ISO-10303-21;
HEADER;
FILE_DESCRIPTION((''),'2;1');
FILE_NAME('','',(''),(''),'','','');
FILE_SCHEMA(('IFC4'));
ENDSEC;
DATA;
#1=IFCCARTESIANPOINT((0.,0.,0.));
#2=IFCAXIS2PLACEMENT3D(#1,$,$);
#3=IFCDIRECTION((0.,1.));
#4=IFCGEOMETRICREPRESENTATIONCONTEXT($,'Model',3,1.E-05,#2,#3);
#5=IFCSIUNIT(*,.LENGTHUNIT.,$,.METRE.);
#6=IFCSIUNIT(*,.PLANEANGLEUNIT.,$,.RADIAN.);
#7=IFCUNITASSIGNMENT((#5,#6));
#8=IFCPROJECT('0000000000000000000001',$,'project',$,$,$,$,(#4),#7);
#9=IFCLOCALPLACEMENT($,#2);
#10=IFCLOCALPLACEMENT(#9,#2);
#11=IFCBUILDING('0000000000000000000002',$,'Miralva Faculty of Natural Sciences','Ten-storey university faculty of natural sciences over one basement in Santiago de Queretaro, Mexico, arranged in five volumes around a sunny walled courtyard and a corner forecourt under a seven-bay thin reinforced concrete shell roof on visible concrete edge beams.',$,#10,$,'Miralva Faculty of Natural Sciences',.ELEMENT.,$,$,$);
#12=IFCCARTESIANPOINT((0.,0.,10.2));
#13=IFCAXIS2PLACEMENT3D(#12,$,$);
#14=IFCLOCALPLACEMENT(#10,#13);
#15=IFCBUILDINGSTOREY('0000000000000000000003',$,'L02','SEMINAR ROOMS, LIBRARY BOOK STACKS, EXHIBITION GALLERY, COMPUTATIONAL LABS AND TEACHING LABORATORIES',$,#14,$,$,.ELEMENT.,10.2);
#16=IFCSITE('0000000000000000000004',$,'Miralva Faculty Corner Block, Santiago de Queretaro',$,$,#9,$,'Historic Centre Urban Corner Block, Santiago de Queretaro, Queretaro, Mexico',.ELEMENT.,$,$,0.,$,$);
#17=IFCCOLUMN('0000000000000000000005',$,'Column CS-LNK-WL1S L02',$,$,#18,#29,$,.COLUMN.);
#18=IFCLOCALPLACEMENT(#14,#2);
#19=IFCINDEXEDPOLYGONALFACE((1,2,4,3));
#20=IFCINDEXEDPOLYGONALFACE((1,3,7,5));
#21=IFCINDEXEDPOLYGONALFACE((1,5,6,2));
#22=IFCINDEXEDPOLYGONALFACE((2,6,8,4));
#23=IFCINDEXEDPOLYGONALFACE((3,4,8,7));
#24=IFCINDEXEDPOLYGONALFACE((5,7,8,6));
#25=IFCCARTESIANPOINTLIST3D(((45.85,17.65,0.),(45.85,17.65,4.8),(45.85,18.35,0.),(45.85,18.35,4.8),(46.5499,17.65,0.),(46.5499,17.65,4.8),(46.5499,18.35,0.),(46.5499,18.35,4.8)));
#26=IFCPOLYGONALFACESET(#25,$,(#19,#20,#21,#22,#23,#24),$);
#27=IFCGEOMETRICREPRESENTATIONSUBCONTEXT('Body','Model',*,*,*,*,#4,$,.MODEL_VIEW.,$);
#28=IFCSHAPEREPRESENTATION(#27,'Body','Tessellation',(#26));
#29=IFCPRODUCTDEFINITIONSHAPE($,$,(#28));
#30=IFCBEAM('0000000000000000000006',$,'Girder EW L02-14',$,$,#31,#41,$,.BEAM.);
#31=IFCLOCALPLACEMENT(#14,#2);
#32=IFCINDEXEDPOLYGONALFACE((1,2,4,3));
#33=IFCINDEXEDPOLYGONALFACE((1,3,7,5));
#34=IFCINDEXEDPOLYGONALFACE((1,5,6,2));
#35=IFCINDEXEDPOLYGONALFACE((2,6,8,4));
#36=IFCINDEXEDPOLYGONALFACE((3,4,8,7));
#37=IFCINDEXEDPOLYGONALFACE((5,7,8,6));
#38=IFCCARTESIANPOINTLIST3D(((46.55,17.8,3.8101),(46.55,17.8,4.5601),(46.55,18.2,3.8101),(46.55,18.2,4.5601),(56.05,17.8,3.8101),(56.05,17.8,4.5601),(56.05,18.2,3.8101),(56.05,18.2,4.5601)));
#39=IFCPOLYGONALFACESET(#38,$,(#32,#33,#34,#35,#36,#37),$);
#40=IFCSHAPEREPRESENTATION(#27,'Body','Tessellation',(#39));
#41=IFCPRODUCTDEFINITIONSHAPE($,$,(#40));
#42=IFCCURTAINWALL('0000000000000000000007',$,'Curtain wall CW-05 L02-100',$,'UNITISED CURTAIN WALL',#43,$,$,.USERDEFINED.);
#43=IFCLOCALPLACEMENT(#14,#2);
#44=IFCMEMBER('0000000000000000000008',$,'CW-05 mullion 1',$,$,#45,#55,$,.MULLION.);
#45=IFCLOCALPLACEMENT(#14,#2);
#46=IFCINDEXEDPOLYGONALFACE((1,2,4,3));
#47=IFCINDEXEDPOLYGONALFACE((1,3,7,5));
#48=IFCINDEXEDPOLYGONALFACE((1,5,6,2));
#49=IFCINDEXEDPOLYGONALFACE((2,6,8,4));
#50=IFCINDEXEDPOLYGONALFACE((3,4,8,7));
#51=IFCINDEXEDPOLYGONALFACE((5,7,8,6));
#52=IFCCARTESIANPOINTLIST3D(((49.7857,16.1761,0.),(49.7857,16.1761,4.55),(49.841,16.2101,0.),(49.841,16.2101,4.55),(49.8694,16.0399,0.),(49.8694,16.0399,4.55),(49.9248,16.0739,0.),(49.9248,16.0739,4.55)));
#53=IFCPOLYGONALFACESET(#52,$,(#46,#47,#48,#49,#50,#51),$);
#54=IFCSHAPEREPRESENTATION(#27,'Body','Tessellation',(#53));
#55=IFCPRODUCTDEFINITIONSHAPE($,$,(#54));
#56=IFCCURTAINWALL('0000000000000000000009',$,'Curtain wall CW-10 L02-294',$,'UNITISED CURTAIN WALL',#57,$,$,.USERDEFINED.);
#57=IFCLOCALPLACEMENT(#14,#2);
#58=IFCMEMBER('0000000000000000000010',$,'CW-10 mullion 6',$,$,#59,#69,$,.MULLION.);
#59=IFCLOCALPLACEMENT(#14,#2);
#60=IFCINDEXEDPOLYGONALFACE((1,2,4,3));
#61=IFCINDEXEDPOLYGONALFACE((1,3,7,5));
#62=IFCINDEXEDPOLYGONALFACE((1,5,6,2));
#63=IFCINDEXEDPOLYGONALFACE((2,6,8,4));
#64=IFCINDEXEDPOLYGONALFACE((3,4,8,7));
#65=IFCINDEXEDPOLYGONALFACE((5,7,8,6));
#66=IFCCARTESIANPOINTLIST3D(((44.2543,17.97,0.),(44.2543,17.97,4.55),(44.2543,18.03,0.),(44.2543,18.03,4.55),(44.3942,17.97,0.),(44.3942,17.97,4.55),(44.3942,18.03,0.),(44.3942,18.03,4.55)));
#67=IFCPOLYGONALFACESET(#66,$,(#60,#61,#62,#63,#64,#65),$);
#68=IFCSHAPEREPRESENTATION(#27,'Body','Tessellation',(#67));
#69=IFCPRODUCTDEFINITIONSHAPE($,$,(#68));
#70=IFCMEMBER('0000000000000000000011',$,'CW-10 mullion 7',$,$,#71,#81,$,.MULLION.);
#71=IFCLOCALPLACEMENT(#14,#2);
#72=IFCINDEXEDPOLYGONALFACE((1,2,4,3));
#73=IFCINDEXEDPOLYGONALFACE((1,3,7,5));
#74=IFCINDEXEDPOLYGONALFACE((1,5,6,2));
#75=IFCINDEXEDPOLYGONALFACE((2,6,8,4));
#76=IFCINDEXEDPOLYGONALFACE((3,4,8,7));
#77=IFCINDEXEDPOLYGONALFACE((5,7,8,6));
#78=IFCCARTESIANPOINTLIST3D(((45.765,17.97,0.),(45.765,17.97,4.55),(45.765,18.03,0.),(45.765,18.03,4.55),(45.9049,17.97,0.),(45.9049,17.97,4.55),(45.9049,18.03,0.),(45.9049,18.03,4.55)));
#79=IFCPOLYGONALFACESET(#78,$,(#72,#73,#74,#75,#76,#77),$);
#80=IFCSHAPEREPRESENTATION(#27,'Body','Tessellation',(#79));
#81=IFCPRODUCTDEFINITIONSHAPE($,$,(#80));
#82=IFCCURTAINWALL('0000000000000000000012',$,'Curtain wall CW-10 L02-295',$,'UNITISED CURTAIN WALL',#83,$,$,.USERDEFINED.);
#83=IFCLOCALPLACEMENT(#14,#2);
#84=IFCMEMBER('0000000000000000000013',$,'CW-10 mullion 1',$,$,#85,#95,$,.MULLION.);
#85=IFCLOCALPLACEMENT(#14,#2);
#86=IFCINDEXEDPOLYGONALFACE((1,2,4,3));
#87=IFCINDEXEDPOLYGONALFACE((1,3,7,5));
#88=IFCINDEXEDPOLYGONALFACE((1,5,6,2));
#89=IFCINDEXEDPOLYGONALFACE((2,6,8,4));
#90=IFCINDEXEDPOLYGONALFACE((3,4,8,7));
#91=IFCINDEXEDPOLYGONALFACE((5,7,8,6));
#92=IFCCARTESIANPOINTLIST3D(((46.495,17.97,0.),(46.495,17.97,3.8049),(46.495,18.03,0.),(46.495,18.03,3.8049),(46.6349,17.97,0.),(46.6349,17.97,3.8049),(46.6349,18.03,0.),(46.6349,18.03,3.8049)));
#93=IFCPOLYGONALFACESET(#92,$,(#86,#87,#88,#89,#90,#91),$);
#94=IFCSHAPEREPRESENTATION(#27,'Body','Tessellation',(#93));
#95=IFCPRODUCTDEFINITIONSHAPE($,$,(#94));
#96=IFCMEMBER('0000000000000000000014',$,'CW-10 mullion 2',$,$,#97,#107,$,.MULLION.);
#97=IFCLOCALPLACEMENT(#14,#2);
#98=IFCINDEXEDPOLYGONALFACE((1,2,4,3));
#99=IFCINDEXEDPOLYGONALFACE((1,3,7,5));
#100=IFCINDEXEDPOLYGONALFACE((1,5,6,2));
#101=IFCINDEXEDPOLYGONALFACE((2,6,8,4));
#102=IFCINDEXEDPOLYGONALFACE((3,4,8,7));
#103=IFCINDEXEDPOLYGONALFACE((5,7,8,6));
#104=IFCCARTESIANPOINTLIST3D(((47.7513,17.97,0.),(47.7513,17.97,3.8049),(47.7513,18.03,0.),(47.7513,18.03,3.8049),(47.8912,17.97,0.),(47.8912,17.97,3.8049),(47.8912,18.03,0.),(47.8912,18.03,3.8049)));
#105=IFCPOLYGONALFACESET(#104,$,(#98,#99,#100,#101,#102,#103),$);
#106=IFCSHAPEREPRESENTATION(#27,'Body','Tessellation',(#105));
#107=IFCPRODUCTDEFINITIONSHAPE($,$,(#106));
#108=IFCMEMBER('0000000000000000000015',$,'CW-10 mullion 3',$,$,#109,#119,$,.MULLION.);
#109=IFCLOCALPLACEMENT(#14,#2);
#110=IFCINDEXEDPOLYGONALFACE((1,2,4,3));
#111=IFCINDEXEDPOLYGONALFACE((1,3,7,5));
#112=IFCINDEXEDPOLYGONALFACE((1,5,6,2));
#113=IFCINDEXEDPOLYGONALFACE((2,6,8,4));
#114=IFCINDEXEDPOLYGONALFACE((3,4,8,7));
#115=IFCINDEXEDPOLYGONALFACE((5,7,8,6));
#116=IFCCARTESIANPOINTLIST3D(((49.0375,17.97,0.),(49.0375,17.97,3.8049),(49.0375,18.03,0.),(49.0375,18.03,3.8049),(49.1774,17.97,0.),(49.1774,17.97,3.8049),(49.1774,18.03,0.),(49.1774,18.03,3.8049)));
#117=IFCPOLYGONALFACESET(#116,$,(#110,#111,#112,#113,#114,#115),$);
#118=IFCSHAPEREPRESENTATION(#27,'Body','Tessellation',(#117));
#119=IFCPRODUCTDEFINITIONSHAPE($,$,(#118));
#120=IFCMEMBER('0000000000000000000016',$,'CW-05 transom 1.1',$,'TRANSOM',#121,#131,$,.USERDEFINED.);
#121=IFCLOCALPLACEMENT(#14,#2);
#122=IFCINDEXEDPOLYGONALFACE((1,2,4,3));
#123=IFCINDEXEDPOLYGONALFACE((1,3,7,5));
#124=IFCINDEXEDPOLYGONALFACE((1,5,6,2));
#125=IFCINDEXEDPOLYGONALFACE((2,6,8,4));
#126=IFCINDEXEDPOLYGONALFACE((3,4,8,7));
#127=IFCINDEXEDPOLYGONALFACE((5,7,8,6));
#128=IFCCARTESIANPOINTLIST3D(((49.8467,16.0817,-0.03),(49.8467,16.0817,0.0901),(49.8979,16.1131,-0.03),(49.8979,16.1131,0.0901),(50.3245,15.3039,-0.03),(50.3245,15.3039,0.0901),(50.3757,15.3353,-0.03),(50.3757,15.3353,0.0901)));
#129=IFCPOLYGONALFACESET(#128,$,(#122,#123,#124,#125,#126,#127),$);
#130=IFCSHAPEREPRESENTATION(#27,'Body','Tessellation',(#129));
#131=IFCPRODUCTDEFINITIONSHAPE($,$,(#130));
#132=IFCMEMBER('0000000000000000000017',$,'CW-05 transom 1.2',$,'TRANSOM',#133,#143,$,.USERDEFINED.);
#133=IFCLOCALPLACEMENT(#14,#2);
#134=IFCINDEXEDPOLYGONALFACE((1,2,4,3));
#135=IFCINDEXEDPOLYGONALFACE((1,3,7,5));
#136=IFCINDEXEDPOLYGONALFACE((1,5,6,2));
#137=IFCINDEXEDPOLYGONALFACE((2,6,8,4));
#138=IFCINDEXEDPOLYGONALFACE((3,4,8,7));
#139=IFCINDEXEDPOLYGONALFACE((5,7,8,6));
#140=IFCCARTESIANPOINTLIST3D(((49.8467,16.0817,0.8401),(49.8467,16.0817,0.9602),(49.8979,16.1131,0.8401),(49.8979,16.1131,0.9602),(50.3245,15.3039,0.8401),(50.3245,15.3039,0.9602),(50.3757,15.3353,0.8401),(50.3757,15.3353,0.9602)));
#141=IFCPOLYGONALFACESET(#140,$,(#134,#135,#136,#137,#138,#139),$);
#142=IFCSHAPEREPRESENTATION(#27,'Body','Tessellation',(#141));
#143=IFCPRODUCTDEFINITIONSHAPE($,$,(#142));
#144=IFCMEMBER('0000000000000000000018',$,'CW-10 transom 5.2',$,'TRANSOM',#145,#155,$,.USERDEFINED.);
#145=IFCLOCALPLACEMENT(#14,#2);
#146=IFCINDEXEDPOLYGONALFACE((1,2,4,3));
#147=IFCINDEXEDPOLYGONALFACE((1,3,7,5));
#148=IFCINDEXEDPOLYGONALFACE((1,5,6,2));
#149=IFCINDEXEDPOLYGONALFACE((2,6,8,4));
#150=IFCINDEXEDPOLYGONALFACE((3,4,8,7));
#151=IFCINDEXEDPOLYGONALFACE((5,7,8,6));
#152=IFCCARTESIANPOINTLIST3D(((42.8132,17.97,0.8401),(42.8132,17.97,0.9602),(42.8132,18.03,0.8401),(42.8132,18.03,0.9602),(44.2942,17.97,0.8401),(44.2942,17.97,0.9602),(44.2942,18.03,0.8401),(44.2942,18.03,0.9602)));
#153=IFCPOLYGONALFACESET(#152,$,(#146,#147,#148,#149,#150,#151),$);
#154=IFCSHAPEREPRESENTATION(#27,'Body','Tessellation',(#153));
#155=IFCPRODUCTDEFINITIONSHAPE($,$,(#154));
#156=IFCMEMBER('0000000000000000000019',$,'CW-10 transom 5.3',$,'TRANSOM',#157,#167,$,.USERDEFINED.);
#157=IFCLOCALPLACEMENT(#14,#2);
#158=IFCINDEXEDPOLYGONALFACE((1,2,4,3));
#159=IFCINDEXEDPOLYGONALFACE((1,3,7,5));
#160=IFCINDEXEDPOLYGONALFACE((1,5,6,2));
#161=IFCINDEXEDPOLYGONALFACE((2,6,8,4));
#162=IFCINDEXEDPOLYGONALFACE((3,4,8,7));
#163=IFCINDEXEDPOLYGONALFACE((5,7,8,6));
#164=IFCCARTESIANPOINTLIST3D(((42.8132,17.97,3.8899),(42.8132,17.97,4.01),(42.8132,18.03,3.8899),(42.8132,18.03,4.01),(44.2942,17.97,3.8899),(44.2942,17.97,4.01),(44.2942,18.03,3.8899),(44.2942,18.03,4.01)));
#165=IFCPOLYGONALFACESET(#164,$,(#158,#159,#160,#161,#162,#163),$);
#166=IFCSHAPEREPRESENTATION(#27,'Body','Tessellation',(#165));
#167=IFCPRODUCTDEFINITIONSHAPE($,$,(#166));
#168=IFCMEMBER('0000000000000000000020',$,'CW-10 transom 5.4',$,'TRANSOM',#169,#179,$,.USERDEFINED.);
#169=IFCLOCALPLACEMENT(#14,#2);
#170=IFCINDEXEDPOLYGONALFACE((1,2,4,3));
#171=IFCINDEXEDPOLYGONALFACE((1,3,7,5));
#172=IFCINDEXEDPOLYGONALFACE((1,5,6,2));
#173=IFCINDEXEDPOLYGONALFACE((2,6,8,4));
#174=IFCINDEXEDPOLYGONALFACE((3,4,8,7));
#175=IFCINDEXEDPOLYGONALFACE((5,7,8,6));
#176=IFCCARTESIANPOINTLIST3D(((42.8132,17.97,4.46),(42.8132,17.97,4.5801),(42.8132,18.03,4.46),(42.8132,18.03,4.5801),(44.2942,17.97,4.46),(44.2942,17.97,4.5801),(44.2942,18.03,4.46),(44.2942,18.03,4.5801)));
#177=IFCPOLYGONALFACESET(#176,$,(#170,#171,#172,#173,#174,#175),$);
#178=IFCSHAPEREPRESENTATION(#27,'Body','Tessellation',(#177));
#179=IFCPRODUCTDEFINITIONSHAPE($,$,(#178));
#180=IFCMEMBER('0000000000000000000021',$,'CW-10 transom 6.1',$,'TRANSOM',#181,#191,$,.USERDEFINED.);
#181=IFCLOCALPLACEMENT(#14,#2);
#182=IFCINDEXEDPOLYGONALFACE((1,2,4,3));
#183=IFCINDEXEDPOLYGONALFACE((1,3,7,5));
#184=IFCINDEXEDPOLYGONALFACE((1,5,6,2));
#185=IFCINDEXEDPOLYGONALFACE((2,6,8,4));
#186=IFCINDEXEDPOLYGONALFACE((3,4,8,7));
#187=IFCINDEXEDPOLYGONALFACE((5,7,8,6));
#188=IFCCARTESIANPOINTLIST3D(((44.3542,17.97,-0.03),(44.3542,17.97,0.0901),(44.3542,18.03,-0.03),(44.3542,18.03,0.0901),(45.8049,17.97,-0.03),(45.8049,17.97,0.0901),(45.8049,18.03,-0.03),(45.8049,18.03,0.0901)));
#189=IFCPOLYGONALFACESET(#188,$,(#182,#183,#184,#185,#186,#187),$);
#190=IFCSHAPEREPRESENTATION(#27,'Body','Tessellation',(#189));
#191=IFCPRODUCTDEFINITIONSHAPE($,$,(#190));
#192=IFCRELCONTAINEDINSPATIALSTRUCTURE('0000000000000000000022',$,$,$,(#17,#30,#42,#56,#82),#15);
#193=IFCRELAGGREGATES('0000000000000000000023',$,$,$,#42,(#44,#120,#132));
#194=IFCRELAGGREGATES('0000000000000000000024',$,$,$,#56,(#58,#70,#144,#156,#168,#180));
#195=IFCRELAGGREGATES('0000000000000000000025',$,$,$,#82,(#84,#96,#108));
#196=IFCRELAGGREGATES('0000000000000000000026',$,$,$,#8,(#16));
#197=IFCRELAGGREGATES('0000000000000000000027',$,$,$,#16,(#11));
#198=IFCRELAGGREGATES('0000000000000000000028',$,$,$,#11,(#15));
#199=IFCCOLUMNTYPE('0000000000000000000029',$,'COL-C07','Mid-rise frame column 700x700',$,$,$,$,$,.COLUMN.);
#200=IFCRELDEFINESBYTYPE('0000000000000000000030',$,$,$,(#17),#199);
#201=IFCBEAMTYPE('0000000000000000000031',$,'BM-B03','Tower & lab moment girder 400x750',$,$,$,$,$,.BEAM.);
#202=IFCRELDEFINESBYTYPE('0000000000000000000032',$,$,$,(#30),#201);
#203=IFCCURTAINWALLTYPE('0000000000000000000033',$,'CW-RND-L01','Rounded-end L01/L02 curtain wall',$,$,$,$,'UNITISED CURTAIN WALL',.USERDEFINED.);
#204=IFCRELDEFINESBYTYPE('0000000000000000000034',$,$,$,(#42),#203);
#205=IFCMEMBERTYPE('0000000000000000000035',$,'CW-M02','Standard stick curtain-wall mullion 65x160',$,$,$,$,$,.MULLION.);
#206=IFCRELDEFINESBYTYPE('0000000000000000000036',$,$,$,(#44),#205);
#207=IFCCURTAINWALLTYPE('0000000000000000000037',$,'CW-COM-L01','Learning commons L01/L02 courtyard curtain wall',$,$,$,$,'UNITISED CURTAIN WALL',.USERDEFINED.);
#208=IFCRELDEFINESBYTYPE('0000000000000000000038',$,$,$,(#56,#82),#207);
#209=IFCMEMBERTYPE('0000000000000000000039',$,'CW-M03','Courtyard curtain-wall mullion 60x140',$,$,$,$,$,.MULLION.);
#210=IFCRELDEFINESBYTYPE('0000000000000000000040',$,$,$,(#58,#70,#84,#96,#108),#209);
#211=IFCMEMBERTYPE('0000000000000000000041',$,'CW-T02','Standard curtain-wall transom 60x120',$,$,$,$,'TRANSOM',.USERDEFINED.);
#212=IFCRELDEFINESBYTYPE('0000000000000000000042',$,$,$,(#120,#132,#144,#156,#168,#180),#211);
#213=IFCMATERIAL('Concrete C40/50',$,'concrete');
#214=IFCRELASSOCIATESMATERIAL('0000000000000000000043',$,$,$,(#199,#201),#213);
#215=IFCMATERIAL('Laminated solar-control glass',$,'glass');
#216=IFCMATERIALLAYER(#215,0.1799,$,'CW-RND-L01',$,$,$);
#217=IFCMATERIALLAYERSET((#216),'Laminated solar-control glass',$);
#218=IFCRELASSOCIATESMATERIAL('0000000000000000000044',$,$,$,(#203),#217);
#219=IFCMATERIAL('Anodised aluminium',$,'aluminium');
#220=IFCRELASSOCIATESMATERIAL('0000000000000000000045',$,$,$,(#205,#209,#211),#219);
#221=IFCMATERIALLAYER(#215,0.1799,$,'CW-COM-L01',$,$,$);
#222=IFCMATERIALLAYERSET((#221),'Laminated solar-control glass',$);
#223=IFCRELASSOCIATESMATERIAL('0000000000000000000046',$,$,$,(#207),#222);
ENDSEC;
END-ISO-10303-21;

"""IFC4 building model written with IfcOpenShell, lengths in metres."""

from ifc_helpers import new_model, si_unit, direction, frame, origin, origin_2d, place, context, subcontext, project, spatial, rectangle, extrude, material, layer, layer_set, material_profile, profile_set, type_object, element, aggregate, save


model = new_model("IFC4")

# Units and contexts
model_context = context("Model", 3, precision=1e-05, world=origin(), true_north=direction((0.0, 1.0)))
body_context = subcontext(model_context, "Body", "Model", "MODEL_VIEW")
ifc_project = project(units=[si_unit("LENGTHUNIT", "METRE"), si_unit("PLANEANGLEUNIT", "RADIAN")], contexts=[model_context])

# Site, building, storey
site_placement = place(None, origin())
site = spatial("IfcSite", under=ifc_project, at=site_placement, Name="Miralva Faculty Corner Block, Santiago de Queretaro", LongName="Historic Centre Urban Corner Block, Santiago de Queretaro, Queretaro, Mexico", CompositionType="ELEMENT", RefElevation=0.0)
building_placement = place(site_placement, origin())
building = spatial("IfcBuilding", under=site, at=building_placement, Name="Miralva Faculty of Natural Sciences", Description="Ten-storey university faculty of natural sciences over one basement in Santiago de Queretaro, Mexico, arranged in five volumes around a sunny walled courtyard and a corner forecourt under a seven-bay thin reinforced concrete shell roof on visible concrete edge beams.", LongName="Miralva Faculty of Natural Sciences", CompositionType="ELEMENT")
storey_placement = place(building_placement, frame((0.0, 0.0, 10.2)))
storey = spatial("IfcBuildingStorey", under=building, at=storey_placement, Name="L02", Description="SEMINAR ROOMS, LIBRARY BOOK STACKS, EXHIBITION GALLERY, COMPUTATIONAL LABS AND TEACHING LABORATORIES", CompositionType="ELEMENT", Elevation=10.2)

# Column
ifc_material_1 = material(Name="Concrete C40/50", Category="concrete")
ifc_material_profile_1 = material_profile(ifc_material_1, rectangle(XDim=0.7, YDim=0.7, at=origin_2d()), Name="RC 700x700")
ifc_profile_set_1 = profile_set([ifc_material_profile_1], Name="Concrete C40/50")
column_type = type_object("IfcColumnType", Name="COL-C07", Description="Mid-rise frame column 700x700", PredefinedType="COLUMN", material=ifc_profile_set_1)
column_placement = place(storey_placement, frame((46.2, 18.0, 0.0), z_axis=(0.0, 0.0, 1.0), x_axis=(1.0, 0.0, 0.0)))
element("IfcColumn", 1, at=column_placement, inside=storey, type_object=column_type, Name="Column CS-LNK-WL1S L02", PredefinedType="COLUMN", context=body_context, shape_type="SweptSolid", body=[
    extrude(rectangle(XDim=0.7, YDim=0.7, at=origin_2d()), origin(), (0.0, 0.0, 1.0), 4.8),
])

# Beam
ifc_material_profile_2 = material_profile(ifc_material_1, rectangle(XDim=0.3999, YDim=0.75, at=origin_2d()), Name="RC 400x750")
ifc_profile_set_2 = profile_set([ifc_material_profile_2], Name="Concrete C40/50")
beam_type = type_object("IfcBeamType", Name="BM-B03", Description="Tower & lab moment girder 400x750", PredefinedType="BEAM", material=ifc_profile_set_2)
beam_placement = place(storey_placement, frame((46.55, 18.0, 4.1851), z_axis=(1.0, 0.0, 0.0), x_axis=(0.0, 1.0, 0.0)))
element("IfcBeam", 2, at=beam_placement, inside=storey, type_object=beam_type, Name="Girder EW L02-14", PredefinedType="BEAM", context=body_context, shape_type="SweptSolid", body=[
    extrude(rectangle(XDim=0.3999, YDim=0.75, at=origin_2d()), origin(), (0.0, 0.0, 1.0), 9.5),
])

# Curtain wall, member
ifc_material_2 = material(Name="Laminated solar-control glass", Category="glass")
ifc_layer_1 = layer(ifc_material_2, 0.1799, Name="CW-RND-L01")
ifc_layer_set_1 = layer_set([ifc_layer_1], Name="Laminated solar-control glass")
curtain_wall_type_1 = type_object("IfcCurtainWallType", Name="CW-RND-L01", Description="Rounded-end L01/L02 curtain wall", ElementType="UNITISED CURTAIN WALL", PredefinedType="USERDEFINED", material=ifc_layer_set_1)
curtain_wall_1_placement = place(storey_placement, origin())
curtain_wall_1 = element("IfcCurtainWall", 3, at=curtain_wall_1_placement, inside=storey, type_object=curtain_wall_type_1, Name="Curtain wall CW-05 L02-100", ObjectType="UNITISED CURTAIN WALL", PredefinedType="USERDEFINED")
ifc_material_3 = material(Name="Anodised aluminium", Category="aluminium")
ifc_material_profile_3 = material_profile(ifc_material_3, rectangle(XDim=0.0649, YDim=0.1599, at=origin_2d()), Name="MULLION 65x160")
ifc_profile_set_3 = profile_set([ifc_material_profile_3], Name="Anodised aluminium")
member_type_1 = type_object("IfcMemberType", Name="CW-M02", Description="Standard stick curtain-wall mullion 65x160", PredefinedType="MULLION", material=ifc_profile_set_3)
member_1_placement = place(storey_placement, frame((49.8552, 16.125, 0.0), z_axis=(0.0, 0.0, 1.0), x_axis=(0.851995, 0.523551, 0.0)))
member_1 = element("IfcMember", 4, at=member_1_placement, type_object=member_type_1, Name="CW-05 mullion 1", PredefinedType="MULLION", context=body_context, shape_type="SweptSolid", body=[
    extrude(rectangle(XDim=0.0649, YDim=0.1599, at=origin_2d()), origin(), (0.0, 0.0, 1.0), 4.55),
])

# Curtain walls, members
ifc_layer_2 = layer(ifc_material_2, 0.1799, Name="CW-COM-L01")
ifc_layer_set_2 = layer_set([ifc_layer_2], Name="Laminated solar-control glass")
curtain_wall_type_2 = type_object("IfcCurtainWallType", Name="CW-COM-L01", Description="Learning commons L01/L02 courtyard curtain wall", ElementType="UNITISED CURTAIN WALL", PredefinedType="USERDEFINED", material=ifc_layer_set_2)
curtain_wall_2_placement = place(storey_placement, origin())
curtain_wall_2 = element("IfcCurtainWall", 5, at=curtain_wall_2_placement, inside=storey, type_object=curtain_wall_type_2, Name="Curtain wall CW-10 L02-294", ObjectType="UNITISED CURTAIN WALL", PredefinedType="USERDEFINED")
ifc_material_profile_4 = material_profile(ifc_material_3, rectangle(XDim=0.0601, YDim=0.1399, at=origin_2d()), Name="MULLION 60x140")
ifc_profile_set_4 = profile_set([ifc_material_profile_4], Name="Anodised aluminium")
member_type_2 = type_object("IfcMemberType", Name="CW-M03", Description="Courtyard curtain-wall mullion 60x140", PredefinedType="MULLION", material=ifc_profile_set_4)
member_2_placement = place(storey_placement, frame((44.3242, 18.0, 0.0), z_axis=(0.0, 0.0, 1.0), x_axis=(0.0, 1.0, 0.0)))
member_2 = element("IfcMember", 6, at=member_2_placement, type_object=member_type_2, Name="CW-10 mullion 6", PredefinedType="MULLION", context=body_context, shape_type="SweptSolid", body=[
    extrude(rectangle(XDim=0.0601, YDim=0.1399, at=origin_2d()), origin(), (0.0, 0.0, 1.0), 4.55),
])
member_3_placement = place(storey_placement, frame((45.835, 18.0, 0.0), z_axis=(0.0, 0.0, 1.0), x_axis=(0.0, 1.0, 0.0)))
member_3 = element("IfcMember", 7, at=member_3_placement, type_object=member_type_2, Name="CW-10 mullion 7", PredefinedType="MULLION", context=body_context, shape_type="SweptSolid", body=[
    extrude(rectangle(XDim=0.0601, YDim=0.1399, at=origin_2d()), origin(), (0.0, 0.0, 1.0), 4.55),
])
curtain_wall_3_placement = place(storey_placement, origin())
curtain_wall_3 = element("IfcCurtainWall", 8, at=curtain_wall_3_placement, inside=storey, type_object=curtain_wall_type_2, Name="Curtain wall CW-10 L02-295", ObjectType="UNITISED CURTAIN WALL", PredefinedType="USERDEFINED")
member_4_placement = place(storey_placement, frame((46.5649, 18.0, 0.0), z_axis=(0.0, 0.0, 1.0), x_axis=(0.0, 1.0, 0.0)))
member_4 = element("IfcMember", 9, at=member_4_placement, type_object=member_type_2, Name="CW-10 mullion 1", PredefinedType="MULLION", context=body_context, shape_type="SweptSolid", body=[
    extrude(rectangle(XDim=0.0601, YDim=0.1399, at=origin_2d()), origin(), (0.0, 0.0, 1.0), 3.8049),
])
member_5_placement = place(storey_placement, frame((47.8213, 18.0, 0.0), z_axis=(0.0, 0.0, 1.0), x_axis=(0.0, 1.0, 0.0)))
member_5 = element("IfcMember", 10, at=member_5_placement, type_object=member_type_2, Name="CW-10 mullion 2", PredefinedType="MULLION", context=body_context, shape_type="SweptSolid", body=[
    extrude(rectangle(XDim=0.0601, YDim=0.1399, at=origin_2d()), origin(), (0.0, 0.0, 1.0), 3.8049),
])
member_6_placement = place(storey_placement, frame((49.1074, 18.0, 0.0), z_axis=(0.0, 0.0, 1.0), x_axis=(0.0, 1.0, 0.0)))
member_6 = element("IfcMember", 11, at=member_6_placement, type_object=member_type_2, Name="CW-10 mullion 3", PredefinedType="MULLION", context=body_context, shape_type="SweptSolid", body=[
    extrude(rectangle(XDim=0.0601, YDim=0.1399, at=origin_2d()), origin(), (0.0, 0.0, 1.0), 3.8049),
])

# Members
ifc_material_profile_5 = material_profile(ifc_material_3, rectangle(XDim=0.0601, YDim=0.1201, at=origin_2d()), Name="TRANSOM 60x120")
ifc_profile_set_5 = profile_set([ifc_material_profile_5], Name="Anodised aluminium")
member_type_3 = type_object("IfcMemberType", Name="CW-T02", Description="Standard curtain-wall transom 60x120", ElementType="TRANSOM", PredefinedType="USERDEFINED", material=ifc_profile_set_5)
member_7_placement = place(storey_placement, frame((49.8723, 16.0974, 0.03), z_axis=(0.523396, -0.85209, 0.0), x_axis=(0.85209, 0.523396, 0.0)))
member_7 = element("IfcMember", 12, at=member_7_placement, type_object=member_type_3, Name="CW-05 transom 1.1", ObjectType="TRANSOM", PredefinedType="USERDEFINED", context=body_context, shape_type="SweptSolid", body=[
    extrude(rectangle(XDim=0.0601, YDim=0.1201, at=origin_2d()), origin(), (0.0, 0.0, 1.0), 0.9128),
])
member_8_placement = place(storey_placement, frame((49.8723, 16.0974, 0.9001), z_axis=(0.523396, -0.85209, 0.0), x_axis=(0.85209, 0.523396, 0.0)))
member_8 = element("IfcMember", 13, at=member_8_placement, type_object=member_type_3, Name="CW-05 transom 1.2", ObjectType="TRANSOM", PredefinedType="USERDEFINED", context=body_context, shape_type="SweptSolid", body=[
    extrude(rectangle(XDim=0.0601, YDim=0.1201, at=origin_2d()), origin(), (0.0, 0.0, 1.0), 0.9128),
])
aggregate(curtain_wall_1, [member_1, member_7, member_8])
member_9_placement = place(storey_placement, frame((42.8132, 18.0, 0.9001), z_axis=(1.0, 0.0, 0.0), x_axis=(0.0, 1.0, 0.0)))
member_9 = element("IfcMember", 14, at=member_9_placement, type_object=member_type_3, Name="CW-10 transom 5.2", ObjectType="TRANSOM", PredefinedType="USERDEFINED", context=body_context, shape_type="SweptSolid", body=[
    extrude(rectangle(XDim=0.0601, YDim=0.1201, at=origin_2d()), origin(), (0.0, 0.0, 1.0), 1.481),
])
member_10_placement = place(storey_placement, frame((42.8132, 18.0, 3.95), z_axis=(1.0, 0.0, 0.0), x_axis=(0.0, 1.0, 0.0)))
member_10 = element("IfcMember", 15, at=member_10_placement, type_object=member_type_3, Name="CW-10 transom 5.3", ObjectType="TRANSOM", PredefinedType="USERDEFINED", context=body_context, shape_type="SweptSolid", body=[
    extrude(rectangle(XDim=0.0601, YDim=0.1201, at=origin_2d()), origin(), (0.0, 0.0, 1.0), 1.481),
])
member_11_placement = place(storey_placement, frame((42.8132, 18.0, 4.52), z_axis=(1.0, 0.0, 0.0), x_axis=(0.0, 1.0, 0.0)))
member_11 = element("IfcMember", 16, at=member_11_placement, type_object=member_type_3, Name="CW-10 transom 5.4", ObjectType="TRANSOM", PredefinedType="USERDEFINED", context=body_context, shape_type="SweptSolid", body=[
    extrude(rectangle(XDim=0.0601, YDim=0.1201, at=origin_2d()), origin(), (0.0, 0.0, 1.0), 1.481),
])
member_12_placement = place(storey_placement, frame((44.3542, 18.0, 0.03), z_axis=(1.0, 0.0, 0.0), x_axis=(0.0, 1.0, 0.0)))
member_12 = element("IfcMember", 17, at=member_12_placement, type_object=member_type_3, Name="CW-10 transom 6.1", ObjectType="TRANSOM", PredefinedType="USERDEFINED", context=body_context, shape_type="SweptSolid", body=[
    extrude(rectangle(XDim=0.0601, YDim=0.1201, at=origin_2d()), origin(), (0.0, 0.0, 1.0), 1.4507),
])

aggregate(curtain_wall_2, [member_2, member_3, member_9, member_10, member_11, member_12])
aggregate(curtain_wall_3, [member_4, member_5, member_6])

save(model, "model.ifc")
